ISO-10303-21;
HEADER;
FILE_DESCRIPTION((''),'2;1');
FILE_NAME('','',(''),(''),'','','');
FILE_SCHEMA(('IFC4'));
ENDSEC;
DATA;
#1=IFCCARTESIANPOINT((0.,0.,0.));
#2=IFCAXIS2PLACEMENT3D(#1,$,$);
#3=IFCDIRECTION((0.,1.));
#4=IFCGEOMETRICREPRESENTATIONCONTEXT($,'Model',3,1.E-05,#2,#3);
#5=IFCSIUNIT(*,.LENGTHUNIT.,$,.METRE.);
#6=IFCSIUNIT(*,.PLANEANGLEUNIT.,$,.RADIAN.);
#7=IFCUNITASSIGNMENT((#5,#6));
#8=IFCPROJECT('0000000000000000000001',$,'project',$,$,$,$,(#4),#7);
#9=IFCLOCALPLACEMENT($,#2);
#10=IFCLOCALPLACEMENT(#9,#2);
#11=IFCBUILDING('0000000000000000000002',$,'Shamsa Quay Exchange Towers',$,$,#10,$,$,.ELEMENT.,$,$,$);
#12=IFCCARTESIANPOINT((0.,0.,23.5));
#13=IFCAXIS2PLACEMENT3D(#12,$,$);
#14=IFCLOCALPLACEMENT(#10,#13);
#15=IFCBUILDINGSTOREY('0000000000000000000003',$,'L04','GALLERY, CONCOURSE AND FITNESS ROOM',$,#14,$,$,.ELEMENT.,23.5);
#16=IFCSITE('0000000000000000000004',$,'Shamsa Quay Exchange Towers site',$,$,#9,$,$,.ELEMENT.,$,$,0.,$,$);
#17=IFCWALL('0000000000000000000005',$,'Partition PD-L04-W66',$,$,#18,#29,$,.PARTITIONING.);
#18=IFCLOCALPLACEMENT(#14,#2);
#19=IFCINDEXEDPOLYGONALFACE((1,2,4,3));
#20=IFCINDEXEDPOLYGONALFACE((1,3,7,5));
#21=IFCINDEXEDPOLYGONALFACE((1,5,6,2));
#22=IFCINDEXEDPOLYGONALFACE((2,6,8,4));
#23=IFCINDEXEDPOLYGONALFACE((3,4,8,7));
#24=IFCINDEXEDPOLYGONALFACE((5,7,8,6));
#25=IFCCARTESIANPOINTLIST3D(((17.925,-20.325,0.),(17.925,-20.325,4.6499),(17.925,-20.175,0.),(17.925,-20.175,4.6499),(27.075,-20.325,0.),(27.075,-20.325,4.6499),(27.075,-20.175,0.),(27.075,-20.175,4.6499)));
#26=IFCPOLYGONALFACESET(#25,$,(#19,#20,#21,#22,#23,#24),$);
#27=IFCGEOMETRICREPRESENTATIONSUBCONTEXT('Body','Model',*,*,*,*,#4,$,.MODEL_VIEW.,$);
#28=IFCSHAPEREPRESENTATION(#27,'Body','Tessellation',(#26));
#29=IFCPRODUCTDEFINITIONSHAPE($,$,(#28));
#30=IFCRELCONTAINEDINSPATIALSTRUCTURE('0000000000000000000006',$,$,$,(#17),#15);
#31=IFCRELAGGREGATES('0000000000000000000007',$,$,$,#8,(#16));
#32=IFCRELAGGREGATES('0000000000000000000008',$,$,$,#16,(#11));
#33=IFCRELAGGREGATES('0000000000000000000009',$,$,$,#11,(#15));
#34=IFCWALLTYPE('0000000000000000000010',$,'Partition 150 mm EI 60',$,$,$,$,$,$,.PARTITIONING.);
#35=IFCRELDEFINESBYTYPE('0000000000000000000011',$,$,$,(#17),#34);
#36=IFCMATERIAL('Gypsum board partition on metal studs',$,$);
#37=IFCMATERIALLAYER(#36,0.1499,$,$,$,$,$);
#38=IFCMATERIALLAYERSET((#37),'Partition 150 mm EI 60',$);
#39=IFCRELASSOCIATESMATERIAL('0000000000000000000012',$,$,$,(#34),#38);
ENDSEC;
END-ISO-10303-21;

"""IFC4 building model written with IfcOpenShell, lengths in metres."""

from ifc_helpers import new_model, si_unit, direction, frame, frame_2d, origin, place, context, subcontext, project, spatial, rectangle, extrude, material, layer, layer_set, type_object, element, save


model = new_model("IFC4")

# Units and contexts
model_context = context("Model", 3, precision=1e-05, world=origin(), true_north=direction((0.0, 1.0)))
body_context = subcontext(model_context, "Body", "Model", "MODEL_VIEW")
ifc_project = project(units=[si_unit("LENGTHUNIT", "METRE"), si_unit("PLANEANGLEUNIT", "RADIAN")], contexts=[model_context])

# Site, building, storey
site_placement = place(None, origin())
site = spatial("IfcSite", under=ifc_project, at=site_placement, Name="Shamsa Quay Exchange Towers site", CompositionType="ELEMENT", RefElevation=0.0)
building_placement = place(site_placement, origin())
building = spatial("IfcBuilding", under=site, at=building_placement, Name="Shamsa Quay Exchange Towers", CompositionType="ELEMENT")
storey_placement = place(building_placement, frame((0.0, 0.0, 23.5)))
storey = spatial("IfcBuildingStorey", under=building, at=storey_placement, Name="L04", Description="GALLERY, CONCOURSE AND FITNESS ROOM", CompositionType="ELEMENT", Elevation=23.5)

# Shared definitions
ifc_material_1 = material(Name="Gypsum board partition on metal studs")

# Shared definitions
ifc_layer_1 = layer(ifc_material_1, 0.1499)
ifc_layer_set_1 = layer_set([ifc_layer_1], Name="Partition 150 mm EI 60")
wall_type_1 = type_object("IfcWallType", Name="Partition 150 mm EI 60", PredefinedType="PARTITIONING", material=ifc_layer_set_1)

# Wall
wall_1_placement = place(storey_placement, frame((27.075, -20.25, 0.0), z_axis=(0.0, 0.0, 1.0), x_axis=(-1.0, 0.0, 0.0)))
element("IfcWall", 1, at=wall_1_placement, inside=storey, type_object=wall_type_1, Name="Partition PD-L04-W66", PredefinedType="PARTITIONING", context=body_context, shape_type="SweptSolid", body=[
    extrude(rectangle(XDim=9.1499, YDim=0.1499, at=frame_2d((4.575, 0.0))), origin(), (0.0, 0.0, 1.0), 4.6499),
])

save(model, "model.ifc")
